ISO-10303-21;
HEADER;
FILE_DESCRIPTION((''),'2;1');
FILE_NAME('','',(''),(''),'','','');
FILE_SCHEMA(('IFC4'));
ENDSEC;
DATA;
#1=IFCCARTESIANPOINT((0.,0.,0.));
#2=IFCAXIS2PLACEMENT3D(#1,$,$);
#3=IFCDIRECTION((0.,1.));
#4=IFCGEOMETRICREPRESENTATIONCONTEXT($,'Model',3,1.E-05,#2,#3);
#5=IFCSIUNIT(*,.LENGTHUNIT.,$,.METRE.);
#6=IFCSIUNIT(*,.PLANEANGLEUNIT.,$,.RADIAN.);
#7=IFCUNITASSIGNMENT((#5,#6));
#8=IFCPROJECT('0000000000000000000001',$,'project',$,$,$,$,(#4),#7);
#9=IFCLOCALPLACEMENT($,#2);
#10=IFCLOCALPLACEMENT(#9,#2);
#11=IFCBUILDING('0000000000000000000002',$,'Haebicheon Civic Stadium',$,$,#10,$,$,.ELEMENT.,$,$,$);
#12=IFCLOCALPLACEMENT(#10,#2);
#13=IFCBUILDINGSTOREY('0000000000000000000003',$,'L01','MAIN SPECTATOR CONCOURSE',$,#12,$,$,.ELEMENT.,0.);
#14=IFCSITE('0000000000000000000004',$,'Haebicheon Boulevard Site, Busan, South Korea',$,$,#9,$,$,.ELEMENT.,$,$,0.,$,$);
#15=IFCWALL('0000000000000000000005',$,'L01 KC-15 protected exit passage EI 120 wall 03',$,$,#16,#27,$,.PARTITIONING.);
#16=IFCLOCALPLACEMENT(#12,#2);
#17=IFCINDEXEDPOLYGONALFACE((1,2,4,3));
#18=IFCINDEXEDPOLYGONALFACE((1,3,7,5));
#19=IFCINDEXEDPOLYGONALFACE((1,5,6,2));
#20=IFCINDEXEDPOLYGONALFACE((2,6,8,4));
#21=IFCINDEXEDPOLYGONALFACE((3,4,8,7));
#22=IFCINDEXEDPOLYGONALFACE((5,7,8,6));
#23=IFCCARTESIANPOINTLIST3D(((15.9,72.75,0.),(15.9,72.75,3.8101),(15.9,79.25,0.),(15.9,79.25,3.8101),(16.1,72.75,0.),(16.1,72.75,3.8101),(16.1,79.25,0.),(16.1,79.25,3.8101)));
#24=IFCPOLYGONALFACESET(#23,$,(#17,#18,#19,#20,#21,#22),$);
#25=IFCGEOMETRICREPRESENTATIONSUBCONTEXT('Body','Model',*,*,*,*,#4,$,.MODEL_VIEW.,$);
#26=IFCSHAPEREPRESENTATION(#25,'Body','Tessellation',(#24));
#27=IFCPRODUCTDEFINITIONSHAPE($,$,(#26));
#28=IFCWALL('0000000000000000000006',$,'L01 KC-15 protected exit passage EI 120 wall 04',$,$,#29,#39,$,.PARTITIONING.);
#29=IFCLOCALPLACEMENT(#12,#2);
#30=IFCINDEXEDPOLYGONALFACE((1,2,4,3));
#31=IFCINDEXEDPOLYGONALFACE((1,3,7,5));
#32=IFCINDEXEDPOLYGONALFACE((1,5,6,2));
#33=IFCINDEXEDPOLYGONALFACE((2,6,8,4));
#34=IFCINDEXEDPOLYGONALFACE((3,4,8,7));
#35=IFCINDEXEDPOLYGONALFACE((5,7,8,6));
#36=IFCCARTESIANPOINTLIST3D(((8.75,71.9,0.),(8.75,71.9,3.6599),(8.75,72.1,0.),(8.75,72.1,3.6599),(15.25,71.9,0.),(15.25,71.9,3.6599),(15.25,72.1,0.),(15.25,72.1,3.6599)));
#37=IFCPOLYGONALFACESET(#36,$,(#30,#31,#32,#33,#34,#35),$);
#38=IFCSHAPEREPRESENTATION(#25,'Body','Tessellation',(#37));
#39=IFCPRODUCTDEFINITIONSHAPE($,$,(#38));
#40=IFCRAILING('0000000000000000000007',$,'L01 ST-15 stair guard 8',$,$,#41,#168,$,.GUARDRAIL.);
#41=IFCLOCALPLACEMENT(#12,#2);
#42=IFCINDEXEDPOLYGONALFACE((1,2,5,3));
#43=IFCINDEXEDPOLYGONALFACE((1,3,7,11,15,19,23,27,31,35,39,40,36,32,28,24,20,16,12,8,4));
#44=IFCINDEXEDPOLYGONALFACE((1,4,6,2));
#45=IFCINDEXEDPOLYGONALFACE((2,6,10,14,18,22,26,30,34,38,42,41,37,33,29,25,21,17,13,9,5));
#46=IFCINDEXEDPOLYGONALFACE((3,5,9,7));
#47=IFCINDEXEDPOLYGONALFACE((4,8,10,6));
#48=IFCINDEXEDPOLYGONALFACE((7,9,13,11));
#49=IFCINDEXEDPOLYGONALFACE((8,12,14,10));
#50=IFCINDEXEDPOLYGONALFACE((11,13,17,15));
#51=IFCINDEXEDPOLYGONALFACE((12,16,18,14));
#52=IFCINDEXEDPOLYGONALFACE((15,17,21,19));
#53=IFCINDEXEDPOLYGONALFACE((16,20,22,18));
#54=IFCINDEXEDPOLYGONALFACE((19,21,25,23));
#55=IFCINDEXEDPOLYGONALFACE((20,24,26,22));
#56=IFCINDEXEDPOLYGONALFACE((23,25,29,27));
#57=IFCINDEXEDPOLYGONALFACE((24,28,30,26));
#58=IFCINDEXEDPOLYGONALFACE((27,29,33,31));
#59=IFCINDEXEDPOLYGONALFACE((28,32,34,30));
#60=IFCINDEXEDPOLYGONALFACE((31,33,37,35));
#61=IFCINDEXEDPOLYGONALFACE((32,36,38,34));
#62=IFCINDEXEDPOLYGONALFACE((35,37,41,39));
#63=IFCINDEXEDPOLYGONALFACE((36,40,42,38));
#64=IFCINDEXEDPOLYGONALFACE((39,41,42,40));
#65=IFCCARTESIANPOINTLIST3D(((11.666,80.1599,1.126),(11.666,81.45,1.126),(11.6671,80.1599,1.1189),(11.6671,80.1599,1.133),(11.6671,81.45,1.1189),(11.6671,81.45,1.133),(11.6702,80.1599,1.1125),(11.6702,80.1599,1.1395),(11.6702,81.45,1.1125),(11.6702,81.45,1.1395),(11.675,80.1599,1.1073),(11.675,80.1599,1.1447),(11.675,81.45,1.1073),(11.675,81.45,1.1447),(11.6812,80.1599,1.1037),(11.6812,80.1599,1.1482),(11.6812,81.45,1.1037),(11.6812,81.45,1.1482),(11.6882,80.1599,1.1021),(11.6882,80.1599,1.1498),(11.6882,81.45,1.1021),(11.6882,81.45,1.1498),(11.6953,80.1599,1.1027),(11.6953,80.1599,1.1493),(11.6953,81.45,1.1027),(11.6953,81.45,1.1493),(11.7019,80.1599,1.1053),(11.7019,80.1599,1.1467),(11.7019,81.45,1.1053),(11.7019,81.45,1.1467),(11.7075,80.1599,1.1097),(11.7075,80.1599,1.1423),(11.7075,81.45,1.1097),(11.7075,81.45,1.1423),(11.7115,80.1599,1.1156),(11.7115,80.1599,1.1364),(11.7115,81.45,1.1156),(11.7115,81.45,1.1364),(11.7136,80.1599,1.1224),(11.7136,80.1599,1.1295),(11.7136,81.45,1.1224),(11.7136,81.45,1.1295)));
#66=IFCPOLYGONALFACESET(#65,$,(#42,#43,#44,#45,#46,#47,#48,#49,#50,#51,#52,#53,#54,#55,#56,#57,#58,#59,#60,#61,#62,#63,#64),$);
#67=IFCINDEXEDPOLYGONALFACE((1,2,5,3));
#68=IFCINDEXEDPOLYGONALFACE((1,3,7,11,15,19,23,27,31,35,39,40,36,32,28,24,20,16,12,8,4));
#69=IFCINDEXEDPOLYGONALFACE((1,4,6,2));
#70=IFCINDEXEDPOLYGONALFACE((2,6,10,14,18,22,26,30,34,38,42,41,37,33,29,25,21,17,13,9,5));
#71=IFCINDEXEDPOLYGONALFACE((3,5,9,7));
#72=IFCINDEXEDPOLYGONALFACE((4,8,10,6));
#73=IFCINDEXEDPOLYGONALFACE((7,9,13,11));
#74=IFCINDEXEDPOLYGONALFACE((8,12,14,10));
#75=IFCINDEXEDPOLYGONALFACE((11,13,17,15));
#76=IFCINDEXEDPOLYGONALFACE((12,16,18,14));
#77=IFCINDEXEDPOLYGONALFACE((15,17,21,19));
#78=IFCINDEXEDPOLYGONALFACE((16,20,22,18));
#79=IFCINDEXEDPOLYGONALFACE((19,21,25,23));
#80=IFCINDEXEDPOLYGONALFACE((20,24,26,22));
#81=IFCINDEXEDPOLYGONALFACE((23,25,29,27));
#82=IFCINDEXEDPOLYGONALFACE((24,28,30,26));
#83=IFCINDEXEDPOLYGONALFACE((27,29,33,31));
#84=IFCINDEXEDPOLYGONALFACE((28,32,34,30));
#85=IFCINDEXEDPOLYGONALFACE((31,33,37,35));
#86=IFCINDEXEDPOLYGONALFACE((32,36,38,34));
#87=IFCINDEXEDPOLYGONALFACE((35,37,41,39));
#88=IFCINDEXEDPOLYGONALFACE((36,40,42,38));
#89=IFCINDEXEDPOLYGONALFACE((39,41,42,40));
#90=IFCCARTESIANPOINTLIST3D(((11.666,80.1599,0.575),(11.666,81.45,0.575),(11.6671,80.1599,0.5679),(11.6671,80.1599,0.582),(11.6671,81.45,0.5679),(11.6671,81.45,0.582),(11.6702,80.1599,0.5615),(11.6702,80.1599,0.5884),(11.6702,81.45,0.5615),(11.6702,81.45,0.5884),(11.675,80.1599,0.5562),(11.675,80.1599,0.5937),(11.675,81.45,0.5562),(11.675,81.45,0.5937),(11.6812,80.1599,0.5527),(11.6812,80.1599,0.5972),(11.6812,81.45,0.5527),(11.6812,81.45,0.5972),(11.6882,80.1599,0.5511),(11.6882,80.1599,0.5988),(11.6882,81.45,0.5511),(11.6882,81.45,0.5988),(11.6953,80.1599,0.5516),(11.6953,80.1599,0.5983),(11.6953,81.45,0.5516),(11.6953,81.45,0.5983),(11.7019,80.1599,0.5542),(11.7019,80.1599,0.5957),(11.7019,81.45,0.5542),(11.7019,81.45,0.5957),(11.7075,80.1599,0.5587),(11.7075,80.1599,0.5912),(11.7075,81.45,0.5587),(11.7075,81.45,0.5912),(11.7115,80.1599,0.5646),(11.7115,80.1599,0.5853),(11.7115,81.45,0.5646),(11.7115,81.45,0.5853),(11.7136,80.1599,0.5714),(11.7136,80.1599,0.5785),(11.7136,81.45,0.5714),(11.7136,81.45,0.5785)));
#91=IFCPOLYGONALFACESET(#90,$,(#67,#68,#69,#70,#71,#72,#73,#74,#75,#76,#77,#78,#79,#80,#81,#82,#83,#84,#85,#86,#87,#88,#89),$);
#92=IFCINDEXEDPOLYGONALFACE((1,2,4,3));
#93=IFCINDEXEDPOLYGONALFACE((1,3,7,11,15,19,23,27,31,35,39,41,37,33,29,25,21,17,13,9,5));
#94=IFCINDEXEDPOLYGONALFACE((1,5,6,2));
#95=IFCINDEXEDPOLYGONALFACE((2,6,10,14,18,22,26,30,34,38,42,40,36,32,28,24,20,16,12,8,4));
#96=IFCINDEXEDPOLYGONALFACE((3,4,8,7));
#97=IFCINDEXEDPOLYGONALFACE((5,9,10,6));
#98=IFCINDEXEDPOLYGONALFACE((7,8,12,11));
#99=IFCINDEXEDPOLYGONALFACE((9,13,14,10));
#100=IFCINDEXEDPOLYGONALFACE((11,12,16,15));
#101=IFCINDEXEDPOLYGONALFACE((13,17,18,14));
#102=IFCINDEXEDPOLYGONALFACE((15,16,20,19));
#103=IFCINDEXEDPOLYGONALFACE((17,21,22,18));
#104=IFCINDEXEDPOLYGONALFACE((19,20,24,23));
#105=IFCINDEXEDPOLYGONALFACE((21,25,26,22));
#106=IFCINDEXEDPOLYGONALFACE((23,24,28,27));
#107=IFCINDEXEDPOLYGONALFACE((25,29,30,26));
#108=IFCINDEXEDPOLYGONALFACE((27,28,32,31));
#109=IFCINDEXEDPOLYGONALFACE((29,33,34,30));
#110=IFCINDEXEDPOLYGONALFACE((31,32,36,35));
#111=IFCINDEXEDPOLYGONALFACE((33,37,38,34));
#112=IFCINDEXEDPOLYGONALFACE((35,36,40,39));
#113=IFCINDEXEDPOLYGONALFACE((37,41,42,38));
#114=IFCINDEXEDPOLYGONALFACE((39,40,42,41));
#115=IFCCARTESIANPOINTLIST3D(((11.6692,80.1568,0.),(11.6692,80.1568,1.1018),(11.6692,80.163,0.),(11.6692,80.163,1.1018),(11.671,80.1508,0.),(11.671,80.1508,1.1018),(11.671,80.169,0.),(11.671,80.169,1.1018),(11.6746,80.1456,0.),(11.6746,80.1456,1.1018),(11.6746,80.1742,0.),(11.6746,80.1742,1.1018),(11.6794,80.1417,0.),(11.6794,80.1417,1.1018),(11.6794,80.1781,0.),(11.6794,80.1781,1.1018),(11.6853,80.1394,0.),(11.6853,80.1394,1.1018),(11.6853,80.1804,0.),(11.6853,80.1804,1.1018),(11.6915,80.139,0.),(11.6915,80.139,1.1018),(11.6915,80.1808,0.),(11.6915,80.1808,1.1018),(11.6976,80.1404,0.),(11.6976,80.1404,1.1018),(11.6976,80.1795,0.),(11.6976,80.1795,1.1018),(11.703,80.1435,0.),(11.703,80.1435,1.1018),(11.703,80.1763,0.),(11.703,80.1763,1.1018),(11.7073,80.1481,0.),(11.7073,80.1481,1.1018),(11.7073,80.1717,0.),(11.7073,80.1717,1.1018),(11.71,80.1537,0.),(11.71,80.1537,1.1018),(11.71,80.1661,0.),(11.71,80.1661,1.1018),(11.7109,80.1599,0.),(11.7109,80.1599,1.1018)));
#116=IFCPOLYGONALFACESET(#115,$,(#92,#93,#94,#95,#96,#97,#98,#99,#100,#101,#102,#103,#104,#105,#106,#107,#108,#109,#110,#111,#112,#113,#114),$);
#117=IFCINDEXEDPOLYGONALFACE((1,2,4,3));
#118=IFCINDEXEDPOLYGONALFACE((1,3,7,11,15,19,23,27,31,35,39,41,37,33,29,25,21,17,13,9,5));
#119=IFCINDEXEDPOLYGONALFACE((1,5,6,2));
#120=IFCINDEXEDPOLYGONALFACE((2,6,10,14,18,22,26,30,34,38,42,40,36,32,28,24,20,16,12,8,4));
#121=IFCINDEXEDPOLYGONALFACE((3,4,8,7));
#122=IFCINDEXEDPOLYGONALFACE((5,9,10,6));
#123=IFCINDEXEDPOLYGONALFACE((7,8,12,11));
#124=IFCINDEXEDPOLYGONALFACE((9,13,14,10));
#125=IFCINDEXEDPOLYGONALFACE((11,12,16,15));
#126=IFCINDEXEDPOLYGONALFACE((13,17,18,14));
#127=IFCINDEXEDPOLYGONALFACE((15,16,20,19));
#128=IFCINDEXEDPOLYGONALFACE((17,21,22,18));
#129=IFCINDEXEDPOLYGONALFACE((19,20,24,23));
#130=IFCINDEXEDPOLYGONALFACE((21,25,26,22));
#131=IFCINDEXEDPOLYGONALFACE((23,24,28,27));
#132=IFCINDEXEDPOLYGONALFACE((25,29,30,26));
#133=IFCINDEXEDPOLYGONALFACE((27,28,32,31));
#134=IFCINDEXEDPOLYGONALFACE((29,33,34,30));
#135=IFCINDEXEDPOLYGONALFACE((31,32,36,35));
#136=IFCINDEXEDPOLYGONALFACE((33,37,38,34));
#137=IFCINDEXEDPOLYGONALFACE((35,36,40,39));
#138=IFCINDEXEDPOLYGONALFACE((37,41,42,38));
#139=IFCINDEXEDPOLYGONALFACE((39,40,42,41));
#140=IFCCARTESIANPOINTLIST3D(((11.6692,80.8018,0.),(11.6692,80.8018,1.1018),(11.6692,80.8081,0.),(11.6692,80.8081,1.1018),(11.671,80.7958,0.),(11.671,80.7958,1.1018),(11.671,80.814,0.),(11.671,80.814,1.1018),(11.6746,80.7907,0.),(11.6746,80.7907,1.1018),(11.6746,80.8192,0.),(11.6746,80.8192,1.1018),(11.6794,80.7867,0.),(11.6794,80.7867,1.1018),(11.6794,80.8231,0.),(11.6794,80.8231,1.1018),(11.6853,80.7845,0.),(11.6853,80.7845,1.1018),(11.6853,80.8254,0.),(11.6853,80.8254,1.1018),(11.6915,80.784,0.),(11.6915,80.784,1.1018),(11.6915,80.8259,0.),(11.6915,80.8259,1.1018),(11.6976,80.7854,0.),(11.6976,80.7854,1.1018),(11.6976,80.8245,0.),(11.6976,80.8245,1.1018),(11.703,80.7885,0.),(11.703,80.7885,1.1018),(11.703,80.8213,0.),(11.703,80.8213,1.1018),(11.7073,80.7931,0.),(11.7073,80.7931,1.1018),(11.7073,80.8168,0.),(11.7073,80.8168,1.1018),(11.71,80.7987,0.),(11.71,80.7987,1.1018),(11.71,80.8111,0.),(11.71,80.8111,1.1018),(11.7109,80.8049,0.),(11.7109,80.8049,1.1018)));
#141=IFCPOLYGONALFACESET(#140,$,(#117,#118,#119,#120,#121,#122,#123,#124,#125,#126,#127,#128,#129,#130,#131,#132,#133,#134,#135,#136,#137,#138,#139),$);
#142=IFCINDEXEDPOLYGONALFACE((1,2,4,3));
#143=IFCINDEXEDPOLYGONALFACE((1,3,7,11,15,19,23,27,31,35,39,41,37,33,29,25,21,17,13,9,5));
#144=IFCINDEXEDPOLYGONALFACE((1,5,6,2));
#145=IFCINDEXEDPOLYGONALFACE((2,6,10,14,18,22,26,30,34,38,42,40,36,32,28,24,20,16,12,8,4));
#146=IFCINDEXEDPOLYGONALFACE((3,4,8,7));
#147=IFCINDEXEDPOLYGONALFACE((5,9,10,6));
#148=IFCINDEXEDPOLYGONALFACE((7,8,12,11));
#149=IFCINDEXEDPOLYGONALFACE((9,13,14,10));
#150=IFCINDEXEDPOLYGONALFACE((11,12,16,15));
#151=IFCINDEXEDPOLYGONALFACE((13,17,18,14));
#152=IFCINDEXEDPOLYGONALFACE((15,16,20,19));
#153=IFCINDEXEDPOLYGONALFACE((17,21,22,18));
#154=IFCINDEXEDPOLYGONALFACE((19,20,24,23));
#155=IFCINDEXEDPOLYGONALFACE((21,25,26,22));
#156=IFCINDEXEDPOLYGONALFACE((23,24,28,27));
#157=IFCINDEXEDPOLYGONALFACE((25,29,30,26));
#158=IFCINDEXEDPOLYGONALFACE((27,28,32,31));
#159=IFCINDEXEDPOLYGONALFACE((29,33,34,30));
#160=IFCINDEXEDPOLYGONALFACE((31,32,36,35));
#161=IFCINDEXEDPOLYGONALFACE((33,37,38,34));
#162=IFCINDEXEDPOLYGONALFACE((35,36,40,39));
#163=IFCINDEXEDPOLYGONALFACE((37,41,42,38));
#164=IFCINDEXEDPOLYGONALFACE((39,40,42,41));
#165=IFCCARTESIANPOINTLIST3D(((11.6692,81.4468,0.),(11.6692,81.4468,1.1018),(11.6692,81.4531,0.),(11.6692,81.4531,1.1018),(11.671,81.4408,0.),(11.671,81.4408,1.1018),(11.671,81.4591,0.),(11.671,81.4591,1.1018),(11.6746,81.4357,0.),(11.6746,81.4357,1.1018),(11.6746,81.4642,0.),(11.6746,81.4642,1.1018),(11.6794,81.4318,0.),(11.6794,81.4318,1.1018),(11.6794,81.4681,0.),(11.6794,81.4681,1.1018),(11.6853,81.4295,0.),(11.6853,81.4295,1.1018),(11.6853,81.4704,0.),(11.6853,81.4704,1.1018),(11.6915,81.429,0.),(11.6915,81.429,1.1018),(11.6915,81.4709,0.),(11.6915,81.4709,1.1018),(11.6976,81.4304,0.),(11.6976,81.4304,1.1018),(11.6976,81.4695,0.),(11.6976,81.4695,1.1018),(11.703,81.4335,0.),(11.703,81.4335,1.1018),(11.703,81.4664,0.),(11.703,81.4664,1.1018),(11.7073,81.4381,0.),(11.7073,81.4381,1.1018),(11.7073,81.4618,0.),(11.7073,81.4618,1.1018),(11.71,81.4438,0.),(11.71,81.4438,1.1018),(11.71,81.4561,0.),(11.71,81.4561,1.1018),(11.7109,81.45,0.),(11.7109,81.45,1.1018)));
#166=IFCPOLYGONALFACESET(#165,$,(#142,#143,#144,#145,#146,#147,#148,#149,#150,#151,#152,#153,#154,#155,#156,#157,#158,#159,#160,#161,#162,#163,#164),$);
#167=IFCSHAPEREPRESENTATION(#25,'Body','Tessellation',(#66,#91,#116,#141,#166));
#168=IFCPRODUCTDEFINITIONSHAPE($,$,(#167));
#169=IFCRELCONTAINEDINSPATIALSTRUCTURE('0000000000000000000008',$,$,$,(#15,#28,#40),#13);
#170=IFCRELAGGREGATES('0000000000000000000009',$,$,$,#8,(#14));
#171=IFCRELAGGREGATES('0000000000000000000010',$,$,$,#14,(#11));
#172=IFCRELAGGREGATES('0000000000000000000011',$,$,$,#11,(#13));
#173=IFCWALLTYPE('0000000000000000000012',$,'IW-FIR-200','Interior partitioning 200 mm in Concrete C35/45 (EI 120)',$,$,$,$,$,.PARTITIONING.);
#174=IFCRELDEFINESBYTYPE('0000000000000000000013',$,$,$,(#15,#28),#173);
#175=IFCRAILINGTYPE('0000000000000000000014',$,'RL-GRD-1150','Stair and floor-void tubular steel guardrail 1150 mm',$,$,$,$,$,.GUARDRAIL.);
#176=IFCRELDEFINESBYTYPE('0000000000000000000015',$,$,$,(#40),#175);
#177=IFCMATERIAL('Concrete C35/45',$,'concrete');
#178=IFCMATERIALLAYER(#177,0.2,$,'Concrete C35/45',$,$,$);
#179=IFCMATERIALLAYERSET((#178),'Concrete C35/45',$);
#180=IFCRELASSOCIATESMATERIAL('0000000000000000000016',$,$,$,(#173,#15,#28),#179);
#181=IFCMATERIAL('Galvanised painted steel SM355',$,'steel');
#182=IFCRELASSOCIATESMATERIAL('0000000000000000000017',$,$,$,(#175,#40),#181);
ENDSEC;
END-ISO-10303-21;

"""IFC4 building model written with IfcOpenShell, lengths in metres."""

from ifc_helpers import new_model, si_unit, direction, frame, frame_2d, origin, origin_2d, place, context, subcontext, project, spatial, rectangle, circle, extrude, material, layer, layer_set, type_object, element, save


model = new_model("IFC4")

# Units and contexts
model_context = context("Model", 3, precision=1e-05, world=origin(), true_north=direction((0.0, 1.0)))
body_context = subcontext(model_context, "Body", "Model", "MODEL_VIEW")
ifc_project = project(units=[si_unit("LENGTHUNIT", "METRE"), si_unit("PLANEANGLEUNIT", "RADIAN")], contexts=[model_context])

# Site, building, storey
site_placement = place(None, origin())
site = spatial("IfcSite", under=ifc_project, at=site_placement, Name="Haebicheon Boulevard Site, Busan, South Korea", CompositionType="ELEMENT", RefElevation=0.0)
building_placement = place(site_placement, origin())
building = spatial("IfcBuilding", under=site, at=building_placement, Name="Haebicheon Civic Stadium", CompositionType="ELEMENT")
storey_placement = place(building_placement, origin())
storey = spatial("IfcBuildingStorey", under=building, at=storey_placement, Name="L01", Description="MAIN SPECTATOR CONCOURSE", CompositionType="ELEMENT", Elevation=0.0)

# Walls
ifc_material_1 = material(Name="Concrete C35/45", Category="concrete")
ifc_layer_1 = layer(ifc_material_1, 0.2, Name="Concrete C35/45")
ifc_layer_set_1 = layer_set([ifc_layer_1], Name="Concrete C35/45")
wall_type_1 = type_object("IfcWallType", Name="IW-FIR-200", Description="Interior partitioning 200 mm in Concrete C35/45 (EI 120)", PredefinedType="PARTITIONING", material=ifc_layer_set_1)
wall_1_placement = place(storey_placement, frame((16.0, 72.75, 0.0), z_axis=(0.0, 0.0, 1.0), x_axis=(0.0, 1.0, 0.0)))
element("IfcWall", 1, at=wall_1_placement, inside=storey, type_object=wall_type_1, material=ifc_layer_set_1, Name="L01 KC-15 protected exit passage EI 120 wall 03", PredefinedType="PARTITIONING", context=body_context, shape_type="SweptSolid", body=[
    extrude(rectangle(XDim=6.5, YDim=0.2, at=frame_2d((3.25, 0.0))), origin(), (0.0, 0.0, 1.0), 3.8101),
])
wall_2_placement = place(storey_placement, frame((8.75, 72.0, 0.0), z_axis=(0.0, 0.0, 1.0), x_axis=(1.0, 0.0, 0.0)))
element("IfcWall", 2, at=wall_2_placement, inside=storey, type_object=wall_type_1, material=ifc_layer_set_1, Name="L01 KC-15 protected exit passage EI 120 wall 04", PredefinedType="PARTITIONING", context=body_context, shape_type="SweptSolid", body=[
    extrude(rectangle(XDim=6.5, YDim=0.2, at=frame_2d((3.25, 0.0))), origin(), (0.0, 0.0, 1.0), 3.6599),
])

# Railing
ifc_material_2 = material(Name="Galvanised painted steel SM355", Category="steel")
railing_type = type_object("IfcRailingType", Name="RL-GRD-1150", Description="Stair and floor-void tubular steel guardrail 1150 mm", PredefinedType="GUARDRAIL", material=ifc_material_2)
for number, where, name in (
    (3, (11.6899, 80.1599, 0.0), "L01 ST-15 stair guard 8"),
):
    element("IfcRailing", number, at=place(storey_placement, frame(where)), inside=storey, type_object=railing_type, material=ifc_material_2, Name=name, PredefinedType="GUARDRAIL", context=body_context, shape_type="SweptSolid", body=[
        extrude(circle(Radius=0.0239, at=origin_2d()), frame((0.0, 0.0, 1.126), z_axis=(0.0, 1.0, 0.0), x_axis=(-1.0, 0.0, 0.0)), (0.0, 0.0, 1.0), 1.29),
        extrude(circle(Radius=0.0239, at=origin_2d()), frame((0.0, 0.0, 0.575), z_axis=(0.0, 1.0, 0.0), x_axis=(-1.0, 0.0, 0.0)), (0.0, 0.0, 1.0), 1.29),
        extrude(circle(Radius=0.021, at=origin_2d()), origin(), (0.0, 0.0, 1.0), 1.1018),
        extrude(circle(Radius=0.021, at=origin_2d()), frame((0.0, 0.645, 0.0)), (0.0, 0.0, 1.0), 1.1018),
        extrude(circle(Radius=0.021, at=origin_2d()), frame((0.0, 1.29, 0.0)), (0.0, 0.0, 1.0), 1.1018),
    ])

save(model, "model.ifc")
